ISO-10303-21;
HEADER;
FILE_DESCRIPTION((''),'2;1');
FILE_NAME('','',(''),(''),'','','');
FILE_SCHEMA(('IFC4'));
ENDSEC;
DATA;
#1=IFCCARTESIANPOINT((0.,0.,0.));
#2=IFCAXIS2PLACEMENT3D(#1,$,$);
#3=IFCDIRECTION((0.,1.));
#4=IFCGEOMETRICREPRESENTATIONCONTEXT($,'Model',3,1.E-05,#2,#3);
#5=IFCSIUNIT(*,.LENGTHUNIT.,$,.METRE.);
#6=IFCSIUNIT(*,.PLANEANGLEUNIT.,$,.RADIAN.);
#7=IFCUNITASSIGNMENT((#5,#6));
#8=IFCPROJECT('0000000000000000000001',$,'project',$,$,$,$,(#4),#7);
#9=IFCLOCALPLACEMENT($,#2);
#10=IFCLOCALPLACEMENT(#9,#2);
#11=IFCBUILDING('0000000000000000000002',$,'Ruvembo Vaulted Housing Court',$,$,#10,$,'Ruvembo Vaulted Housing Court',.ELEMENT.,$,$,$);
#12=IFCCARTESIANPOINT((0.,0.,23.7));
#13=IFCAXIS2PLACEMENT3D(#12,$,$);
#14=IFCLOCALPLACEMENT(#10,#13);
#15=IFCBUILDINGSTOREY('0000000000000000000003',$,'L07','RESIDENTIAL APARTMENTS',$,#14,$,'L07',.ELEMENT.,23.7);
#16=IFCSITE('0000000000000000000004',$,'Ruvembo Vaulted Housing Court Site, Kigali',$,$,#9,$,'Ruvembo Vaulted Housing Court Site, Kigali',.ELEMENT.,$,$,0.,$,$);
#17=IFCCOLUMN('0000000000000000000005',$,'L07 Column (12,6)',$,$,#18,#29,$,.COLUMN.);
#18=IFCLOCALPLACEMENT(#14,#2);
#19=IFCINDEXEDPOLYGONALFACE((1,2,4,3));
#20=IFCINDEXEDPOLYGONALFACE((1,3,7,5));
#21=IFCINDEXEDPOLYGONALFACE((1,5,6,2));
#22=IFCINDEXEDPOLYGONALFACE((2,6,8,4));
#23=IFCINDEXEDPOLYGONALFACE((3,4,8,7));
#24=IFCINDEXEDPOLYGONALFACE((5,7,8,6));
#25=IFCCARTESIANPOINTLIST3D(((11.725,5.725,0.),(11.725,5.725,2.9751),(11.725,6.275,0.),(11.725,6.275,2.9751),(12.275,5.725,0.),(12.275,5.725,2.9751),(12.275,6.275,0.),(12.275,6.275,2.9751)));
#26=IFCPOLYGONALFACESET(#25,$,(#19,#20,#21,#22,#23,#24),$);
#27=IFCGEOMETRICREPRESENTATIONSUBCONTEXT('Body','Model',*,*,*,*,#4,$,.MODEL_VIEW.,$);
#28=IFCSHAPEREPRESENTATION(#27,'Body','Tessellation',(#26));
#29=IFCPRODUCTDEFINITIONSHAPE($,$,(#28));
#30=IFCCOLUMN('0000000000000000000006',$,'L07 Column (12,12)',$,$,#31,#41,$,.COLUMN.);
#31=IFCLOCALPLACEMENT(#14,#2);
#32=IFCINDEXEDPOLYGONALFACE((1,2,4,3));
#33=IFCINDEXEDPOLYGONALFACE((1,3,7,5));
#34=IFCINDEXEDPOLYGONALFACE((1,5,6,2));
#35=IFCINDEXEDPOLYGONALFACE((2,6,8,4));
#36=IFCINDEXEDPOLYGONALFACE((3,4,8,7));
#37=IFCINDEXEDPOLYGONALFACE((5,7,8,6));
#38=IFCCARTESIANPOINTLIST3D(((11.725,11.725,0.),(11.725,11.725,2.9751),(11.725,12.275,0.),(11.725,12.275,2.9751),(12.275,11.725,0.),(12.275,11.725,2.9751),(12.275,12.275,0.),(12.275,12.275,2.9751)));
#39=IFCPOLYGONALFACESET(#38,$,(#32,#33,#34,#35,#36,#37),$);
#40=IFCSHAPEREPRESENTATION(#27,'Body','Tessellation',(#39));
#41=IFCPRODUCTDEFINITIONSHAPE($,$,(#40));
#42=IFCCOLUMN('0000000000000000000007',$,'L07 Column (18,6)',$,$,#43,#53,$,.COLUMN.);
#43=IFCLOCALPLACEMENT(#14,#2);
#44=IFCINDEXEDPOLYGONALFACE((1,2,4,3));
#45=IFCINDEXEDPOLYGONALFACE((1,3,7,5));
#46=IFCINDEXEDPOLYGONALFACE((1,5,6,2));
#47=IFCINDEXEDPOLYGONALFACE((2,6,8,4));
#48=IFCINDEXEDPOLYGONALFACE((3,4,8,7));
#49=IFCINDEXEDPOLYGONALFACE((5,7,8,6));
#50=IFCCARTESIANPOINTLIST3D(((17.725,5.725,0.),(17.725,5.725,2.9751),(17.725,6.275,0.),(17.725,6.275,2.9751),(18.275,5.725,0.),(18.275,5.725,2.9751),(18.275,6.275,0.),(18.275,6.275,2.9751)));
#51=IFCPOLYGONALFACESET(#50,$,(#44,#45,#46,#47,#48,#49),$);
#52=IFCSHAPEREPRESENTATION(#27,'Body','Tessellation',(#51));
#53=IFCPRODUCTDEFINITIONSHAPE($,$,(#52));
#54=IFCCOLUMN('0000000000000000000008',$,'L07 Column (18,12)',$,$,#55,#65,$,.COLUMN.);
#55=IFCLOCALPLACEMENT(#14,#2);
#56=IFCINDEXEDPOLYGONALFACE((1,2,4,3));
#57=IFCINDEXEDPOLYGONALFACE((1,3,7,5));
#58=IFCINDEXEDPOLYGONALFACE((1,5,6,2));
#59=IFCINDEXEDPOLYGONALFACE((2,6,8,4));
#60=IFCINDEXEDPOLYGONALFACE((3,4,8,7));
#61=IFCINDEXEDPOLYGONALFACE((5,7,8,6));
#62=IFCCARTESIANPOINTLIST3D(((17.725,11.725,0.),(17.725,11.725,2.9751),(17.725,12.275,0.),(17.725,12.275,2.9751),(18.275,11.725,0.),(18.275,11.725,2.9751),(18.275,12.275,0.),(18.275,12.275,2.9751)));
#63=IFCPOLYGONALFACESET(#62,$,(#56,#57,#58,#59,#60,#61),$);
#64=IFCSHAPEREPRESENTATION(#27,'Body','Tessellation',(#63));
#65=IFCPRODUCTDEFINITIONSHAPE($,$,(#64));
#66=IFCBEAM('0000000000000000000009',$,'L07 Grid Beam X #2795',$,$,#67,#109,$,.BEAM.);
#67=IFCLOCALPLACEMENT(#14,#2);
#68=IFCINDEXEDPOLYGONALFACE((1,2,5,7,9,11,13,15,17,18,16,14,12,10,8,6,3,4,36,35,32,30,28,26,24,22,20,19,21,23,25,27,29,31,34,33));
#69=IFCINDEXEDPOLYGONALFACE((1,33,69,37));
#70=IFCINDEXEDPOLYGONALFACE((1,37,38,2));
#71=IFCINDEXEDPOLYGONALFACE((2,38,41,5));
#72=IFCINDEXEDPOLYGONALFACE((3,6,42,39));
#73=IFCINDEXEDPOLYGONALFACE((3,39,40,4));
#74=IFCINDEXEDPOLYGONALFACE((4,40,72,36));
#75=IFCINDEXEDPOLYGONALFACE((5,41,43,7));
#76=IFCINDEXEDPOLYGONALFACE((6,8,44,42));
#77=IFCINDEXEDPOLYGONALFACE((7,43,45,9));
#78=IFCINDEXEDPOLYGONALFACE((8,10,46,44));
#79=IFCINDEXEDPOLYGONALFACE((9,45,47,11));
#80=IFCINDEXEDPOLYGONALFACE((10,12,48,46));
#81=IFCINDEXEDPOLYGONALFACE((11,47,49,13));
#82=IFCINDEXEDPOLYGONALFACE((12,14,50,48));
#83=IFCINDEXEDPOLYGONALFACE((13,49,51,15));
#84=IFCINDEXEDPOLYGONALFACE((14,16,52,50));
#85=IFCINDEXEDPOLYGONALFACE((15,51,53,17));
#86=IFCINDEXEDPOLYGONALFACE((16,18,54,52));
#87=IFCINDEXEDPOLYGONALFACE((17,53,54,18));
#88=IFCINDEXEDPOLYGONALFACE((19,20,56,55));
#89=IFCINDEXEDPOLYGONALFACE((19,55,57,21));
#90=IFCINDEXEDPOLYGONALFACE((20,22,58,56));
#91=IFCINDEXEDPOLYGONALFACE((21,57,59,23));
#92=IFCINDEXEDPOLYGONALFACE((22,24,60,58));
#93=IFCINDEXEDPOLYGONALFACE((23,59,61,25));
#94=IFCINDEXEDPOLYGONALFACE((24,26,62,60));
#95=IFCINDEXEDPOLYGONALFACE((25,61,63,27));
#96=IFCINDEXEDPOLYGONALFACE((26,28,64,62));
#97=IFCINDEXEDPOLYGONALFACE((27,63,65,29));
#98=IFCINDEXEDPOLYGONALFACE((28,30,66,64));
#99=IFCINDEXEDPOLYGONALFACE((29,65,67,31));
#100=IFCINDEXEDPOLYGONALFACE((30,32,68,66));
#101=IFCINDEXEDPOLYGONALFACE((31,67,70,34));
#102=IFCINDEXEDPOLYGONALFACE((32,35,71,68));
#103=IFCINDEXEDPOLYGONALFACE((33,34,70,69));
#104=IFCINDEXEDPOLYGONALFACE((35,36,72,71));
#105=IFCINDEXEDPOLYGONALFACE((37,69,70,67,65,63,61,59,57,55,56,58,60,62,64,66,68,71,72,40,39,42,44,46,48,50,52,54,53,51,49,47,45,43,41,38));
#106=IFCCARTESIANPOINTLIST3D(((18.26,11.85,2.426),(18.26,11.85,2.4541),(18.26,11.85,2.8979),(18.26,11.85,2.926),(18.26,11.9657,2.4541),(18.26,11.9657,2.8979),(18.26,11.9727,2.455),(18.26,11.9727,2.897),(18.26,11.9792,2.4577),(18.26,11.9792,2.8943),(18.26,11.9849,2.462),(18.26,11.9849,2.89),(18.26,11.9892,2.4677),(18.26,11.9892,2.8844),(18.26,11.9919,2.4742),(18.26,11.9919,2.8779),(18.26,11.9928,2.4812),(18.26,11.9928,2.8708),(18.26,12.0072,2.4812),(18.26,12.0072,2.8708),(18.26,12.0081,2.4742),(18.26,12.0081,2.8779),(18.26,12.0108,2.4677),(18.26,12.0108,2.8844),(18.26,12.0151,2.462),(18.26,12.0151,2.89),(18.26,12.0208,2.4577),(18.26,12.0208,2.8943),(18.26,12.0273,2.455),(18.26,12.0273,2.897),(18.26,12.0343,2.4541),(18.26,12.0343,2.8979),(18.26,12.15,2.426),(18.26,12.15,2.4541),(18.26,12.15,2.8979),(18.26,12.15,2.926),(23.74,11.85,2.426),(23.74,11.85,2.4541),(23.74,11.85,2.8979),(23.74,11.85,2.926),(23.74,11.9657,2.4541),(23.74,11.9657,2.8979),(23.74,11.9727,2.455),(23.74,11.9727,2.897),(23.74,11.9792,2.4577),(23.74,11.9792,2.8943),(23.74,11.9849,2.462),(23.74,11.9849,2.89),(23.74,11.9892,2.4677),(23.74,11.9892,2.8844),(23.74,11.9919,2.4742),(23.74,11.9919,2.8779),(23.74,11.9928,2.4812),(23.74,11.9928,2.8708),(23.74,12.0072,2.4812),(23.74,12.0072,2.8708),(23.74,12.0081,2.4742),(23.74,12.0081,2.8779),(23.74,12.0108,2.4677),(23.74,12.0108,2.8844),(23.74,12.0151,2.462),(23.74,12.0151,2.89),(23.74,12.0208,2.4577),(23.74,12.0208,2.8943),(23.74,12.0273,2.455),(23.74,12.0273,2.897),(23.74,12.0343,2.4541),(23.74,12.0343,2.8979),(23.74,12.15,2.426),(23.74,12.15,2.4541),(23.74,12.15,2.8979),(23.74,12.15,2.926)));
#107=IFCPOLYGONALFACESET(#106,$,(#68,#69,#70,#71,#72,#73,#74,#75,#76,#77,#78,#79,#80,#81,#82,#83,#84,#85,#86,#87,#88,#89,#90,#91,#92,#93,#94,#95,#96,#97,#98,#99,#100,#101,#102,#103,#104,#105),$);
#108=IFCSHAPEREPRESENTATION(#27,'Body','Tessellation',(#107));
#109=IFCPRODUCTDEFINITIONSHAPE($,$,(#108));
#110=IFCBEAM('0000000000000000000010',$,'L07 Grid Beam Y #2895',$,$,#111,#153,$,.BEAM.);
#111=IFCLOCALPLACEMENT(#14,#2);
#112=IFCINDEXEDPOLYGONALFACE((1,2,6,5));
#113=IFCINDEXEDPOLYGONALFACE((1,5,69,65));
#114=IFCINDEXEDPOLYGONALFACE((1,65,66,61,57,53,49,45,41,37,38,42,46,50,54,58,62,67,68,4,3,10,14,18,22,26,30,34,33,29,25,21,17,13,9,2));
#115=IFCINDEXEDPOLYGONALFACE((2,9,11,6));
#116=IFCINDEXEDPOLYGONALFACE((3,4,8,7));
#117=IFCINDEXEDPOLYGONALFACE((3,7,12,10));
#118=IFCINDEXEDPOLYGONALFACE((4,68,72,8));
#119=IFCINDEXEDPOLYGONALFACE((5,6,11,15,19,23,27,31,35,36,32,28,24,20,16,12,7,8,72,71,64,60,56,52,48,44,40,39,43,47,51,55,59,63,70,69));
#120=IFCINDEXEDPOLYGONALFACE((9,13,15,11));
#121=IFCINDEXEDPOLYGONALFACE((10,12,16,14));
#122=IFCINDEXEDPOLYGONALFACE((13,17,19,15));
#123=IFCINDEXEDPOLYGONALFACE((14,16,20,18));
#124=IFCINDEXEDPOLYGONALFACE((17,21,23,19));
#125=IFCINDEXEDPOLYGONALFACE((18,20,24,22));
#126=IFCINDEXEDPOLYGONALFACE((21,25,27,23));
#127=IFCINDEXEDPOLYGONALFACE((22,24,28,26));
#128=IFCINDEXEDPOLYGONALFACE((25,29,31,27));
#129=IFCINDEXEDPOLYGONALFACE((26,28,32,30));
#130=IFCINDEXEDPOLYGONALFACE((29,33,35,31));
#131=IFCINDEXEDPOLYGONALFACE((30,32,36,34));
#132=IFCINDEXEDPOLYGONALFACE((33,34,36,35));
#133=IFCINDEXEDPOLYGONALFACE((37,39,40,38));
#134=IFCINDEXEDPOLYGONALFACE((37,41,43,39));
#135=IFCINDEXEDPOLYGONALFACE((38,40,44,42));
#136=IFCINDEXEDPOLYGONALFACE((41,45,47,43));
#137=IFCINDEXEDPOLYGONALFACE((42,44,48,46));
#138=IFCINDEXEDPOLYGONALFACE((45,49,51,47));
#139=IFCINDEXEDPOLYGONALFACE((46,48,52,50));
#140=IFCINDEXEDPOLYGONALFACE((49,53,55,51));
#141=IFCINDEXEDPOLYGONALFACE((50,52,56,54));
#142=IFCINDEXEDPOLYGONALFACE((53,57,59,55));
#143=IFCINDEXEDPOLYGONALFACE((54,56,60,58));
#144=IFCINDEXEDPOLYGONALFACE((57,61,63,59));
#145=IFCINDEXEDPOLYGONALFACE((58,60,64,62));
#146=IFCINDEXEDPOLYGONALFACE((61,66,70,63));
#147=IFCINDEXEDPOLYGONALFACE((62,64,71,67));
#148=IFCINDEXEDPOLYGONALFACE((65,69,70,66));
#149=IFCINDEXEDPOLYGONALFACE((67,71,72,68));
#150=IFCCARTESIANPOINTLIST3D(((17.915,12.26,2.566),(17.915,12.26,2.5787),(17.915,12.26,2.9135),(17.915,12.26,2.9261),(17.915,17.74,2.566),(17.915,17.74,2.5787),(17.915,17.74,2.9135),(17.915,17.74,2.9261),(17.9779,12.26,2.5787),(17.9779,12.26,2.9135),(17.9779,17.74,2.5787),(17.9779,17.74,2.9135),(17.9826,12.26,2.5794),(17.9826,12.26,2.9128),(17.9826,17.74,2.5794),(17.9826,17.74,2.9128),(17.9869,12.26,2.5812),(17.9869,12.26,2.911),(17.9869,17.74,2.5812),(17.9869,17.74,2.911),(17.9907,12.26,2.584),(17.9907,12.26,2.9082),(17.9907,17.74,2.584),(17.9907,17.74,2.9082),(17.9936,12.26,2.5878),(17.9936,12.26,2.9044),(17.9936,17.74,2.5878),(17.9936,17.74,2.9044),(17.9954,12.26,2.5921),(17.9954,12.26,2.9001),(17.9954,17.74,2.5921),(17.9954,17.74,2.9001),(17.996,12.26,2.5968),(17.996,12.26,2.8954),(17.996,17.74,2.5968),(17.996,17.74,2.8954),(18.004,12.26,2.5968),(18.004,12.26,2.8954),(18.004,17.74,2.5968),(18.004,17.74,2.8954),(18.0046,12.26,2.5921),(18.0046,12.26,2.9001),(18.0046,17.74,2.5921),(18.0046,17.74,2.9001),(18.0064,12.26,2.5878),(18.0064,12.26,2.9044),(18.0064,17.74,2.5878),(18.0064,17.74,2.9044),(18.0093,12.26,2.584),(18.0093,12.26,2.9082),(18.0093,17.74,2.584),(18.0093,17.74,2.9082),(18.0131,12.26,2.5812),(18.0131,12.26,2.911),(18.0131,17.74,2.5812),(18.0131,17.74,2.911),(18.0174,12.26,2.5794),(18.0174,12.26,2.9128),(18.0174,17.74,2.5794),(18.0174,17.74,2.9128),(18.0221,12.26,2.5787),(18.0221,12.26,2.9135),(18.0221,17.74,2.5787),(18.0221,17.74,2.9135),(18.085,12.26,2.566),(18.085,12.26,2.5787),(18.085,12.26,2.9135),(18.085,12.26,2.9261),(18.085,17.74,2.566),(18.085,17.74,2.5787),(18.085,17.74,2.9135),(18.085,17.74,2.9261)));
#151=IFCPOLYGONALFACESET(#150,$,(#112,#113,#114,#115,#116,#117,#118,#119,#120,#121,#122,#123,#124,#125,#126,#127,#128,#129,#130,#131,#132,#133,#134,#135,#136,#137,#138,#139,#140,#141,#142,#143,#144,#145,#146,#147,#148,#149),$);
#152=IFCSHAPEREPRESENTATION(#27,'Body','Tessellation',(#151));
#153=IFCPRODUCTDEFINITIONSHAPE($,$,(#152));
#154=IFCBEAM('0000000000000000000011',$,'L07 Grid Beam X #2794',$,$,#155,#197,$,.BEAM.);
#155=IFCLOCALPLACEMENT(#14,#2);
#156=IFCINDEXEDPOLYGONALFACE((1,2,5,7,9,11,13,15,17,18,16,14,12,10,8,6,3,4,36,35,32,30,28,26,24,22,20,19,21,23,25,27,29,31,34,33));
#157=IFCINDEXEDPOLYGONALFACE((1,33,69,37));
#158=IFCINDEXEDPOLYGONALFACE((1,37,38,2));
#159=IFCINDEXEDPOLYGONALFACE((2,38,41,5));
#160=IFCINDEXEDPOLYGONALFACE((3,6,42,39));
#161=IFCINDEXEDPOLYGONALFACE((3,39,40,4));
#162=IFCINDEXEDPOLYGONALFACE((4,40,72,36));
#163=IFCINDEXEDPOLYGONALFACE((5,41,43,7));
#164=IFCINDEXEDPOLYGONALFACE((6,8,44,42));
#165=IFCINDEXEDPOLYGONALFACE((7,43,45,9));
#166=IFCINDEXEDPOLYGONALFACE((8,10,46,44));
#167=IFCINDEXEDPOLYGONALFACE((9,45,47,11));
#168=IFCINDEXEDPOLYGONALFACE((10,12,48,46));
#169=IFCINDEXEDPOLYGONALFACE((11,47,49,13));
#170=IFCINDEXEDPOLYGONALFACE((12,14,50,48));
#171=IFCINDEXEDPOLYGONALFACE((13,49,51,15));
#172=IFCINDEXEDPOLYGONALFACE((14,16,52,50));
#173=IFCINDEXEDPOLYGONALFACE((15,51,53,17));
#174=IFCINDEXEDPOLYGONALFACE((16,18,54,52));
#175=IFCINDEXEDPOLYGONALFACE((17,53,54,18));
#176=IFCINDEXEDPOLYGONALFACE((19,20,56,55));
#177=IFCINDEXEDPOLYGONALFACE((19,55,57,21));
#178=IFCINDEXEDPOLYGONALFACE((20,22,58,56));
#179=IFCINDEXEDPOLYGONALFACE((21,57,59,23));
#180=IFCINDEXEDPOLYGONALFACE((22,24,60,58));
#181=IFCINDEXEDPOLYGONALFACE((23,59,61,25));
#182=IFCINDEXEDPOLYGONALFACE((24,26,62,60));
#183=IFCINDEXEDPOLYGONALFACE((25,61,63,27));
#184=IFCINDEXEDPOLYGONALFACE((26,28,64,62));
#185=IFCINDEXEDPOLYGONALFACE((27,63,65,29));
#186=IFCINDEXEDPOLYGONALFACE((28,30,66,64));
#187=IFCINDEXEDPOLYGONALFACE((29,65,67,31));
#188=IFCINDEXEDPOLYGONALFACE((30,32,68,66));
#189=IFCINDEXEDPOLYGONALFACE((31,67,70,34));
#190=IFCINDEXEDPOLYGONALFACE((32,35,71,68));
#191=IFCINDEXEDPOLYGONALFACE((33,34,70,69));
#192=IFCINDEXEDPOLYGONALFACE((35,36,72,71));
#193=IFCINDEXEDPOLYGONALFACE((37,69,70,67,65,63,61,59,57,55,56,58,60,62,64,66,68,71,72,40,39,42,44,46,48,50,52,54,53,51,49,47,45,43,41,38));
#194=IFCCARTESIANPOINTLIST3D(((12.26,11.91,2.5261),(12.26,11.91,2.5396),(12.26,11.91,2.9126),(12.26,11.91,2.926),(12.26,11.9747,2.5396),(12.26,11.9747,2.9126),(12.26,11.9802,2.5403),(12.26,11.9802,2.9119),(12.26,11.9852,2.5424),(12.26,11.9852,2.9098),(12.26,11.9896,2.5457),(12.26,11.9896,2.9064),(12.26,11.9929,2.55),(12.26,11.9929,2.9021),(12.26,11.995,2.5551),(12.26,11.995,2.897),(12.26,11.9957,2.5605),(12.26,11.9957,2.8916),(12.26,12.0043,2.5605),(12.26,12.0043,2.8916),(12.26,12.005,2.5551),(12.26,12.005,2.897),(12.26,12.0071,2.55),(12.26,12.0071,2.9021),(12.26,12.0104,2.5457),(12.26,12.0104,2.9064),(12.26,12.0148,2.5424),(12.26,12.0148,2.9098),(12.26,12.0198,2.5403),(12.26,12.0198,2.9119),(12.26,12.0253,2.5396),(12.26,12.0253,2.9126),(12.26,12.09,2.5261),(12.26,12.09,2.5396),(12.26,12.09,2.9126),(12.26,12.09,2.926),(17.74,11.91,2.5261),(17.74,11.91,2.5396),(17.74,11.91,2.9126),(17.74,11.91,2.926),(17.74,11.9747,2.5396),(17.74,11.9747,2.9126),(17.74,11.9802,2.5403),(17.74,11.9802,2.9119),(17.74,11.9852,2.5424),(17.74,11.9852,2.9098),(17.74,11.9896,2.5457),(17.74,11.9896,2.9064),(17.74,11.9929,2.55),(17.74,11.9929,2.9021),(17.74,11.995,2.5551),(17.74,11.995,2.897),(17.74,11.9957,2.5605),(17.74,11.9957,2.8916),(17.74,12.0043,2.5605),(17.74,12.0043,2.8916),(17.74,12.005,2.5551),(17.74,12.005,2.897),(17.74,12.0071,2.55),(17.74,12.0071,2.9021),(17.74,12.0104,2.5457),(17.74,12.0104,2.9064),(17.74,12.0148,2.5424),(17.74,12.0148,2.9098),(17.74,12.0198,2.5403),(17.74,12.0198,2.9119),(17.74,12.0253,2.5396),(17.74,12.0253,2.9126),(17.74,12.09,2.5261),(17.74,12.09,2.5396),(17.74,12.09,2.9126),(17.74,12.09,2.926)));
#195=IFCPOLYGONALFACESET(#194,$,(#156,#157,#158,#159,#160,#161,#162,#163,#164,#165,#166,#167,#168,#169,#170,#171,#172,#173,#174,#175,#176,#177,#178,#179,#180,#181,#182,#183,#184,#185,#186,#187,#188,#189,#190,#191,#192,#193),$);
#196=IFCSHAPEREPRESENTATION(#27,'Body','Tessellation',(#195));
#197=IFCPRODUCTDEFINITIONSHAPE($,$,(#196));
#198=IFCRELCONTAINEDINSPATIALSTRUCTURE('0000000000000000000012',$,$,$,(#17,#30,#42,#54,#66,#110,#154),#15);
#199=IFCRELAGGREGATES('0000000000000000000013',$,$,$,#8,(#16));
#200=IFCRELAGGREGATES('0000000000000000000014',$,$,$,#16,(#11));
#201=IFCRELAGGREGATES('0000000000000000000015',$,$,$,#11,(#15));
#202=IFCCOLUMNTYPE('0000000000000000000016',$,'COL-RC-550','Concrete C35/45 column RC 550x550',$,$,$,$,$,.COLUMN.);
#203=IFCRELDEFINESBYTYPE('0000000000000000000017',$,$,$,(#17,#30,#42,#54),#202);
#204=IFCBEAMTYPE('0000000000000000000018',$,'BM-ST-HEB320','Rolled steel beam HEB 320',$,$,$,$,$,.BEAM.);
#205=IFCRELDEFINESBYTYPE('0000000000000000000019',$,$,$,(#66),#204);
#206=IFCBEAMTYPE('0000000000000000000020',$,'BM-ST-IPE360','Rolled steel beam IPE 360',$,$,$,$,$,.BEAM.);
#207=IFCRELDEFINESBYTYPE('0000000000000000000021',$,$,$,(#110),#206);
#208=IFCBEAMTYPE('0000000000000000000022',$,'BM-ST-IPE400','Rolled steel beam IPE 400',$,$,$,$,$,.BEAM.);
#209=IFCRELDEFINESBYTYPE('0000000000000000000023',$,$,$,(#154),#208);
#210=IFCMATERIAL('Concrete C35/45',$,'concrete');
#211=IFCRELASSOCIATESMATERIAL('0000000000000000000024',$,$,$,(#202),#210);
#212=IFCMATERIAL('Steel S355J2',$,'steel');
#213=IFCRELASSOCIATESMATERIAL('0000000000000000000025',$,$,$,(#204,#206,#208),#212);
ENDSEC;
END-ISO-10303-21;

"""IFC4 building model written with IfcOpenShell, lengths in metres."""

from ifc_helpers import new_model, si_unit, direction, frame, origin, origin_2d, place, context, subcontext, project, spatial, rectangle, i_section, extrude, material, material_profile, profile_set, type_object, element, save


model = new_model("IFC4")

# Units and contexts
model_context = context("Model", 3, precision=1e-05, world=origin(), true_north=direction((0.0, 1.0)))
body_context = subcontext(model_context, "Body", "Model", "MODEL_VIEW")
ifc_project = project(units=[si_unit("LENGTHUNIT", "METRE"), si_unit("PLANEANGLEUNIT", "RADIAN")], contexts=[model_context])

# Site, building, storey
site_placement = place(None, origin())
site = spatial("IfcSite", under=ifc_project, at=site_placement, Name="Ruvembo Vaulted Housing Court Site, Kigali", LongName="Ruvembo Vaulted Housing Court Site, Kigali", CompositionType="ELEMENT", RefElevation=0.0)
building_placement = place(site_placement, origin())
building = spatial("IfcBuilding", under=site, at=building_placement, Name="Ruvembo Vaulted Housing Court", LongName="Ruvembo Vaulted Housing Court", CompositionType="ELEMENT")
storey_placement = place(building_placement, frame((0.0, 0.0, 23.7)))
storey = spatial("IfcBuildingStorey", under=building, at=storey_placement, Name="L07", Description="RESIDENTIAL APARTMENTS", LongName="L07", CompositionType="ELEMENT", Elevation=23.7)

# Columns
ifc_material_1 = material(Name="Concrete C35/45", Category="concrete")
ifc_material_profile_1 = material_profile(ifc_material_1, rectangle(XDim=0.55, YDim=0.55, at=origin_2d()), Name="RC 550x550")
ifc_profile_set_1 = profile_set([ifc_material_profile_1], Name="Concrete C35/45")
column_type = type_object("IfcColumnType", Name="COL-RC-550", Description="Concrete C35/45 column RC 550x550", PredefinedType="COLUMN", material=ifc_profile_set_1)
for number, where, z_axis, x_axis, name in (
    (1, (12.0, 6.0, 0.0), (0.0, 0.0, 1.0), (1.0, 0.0, 0.0), "L07 Column (12,6)"),
    (2, (12.0, 12.0, 0.0), (0.0, 0.0, 1.0), (1.0, 0.0, 0.0), "L07 Column (12,12)"),
    (3, (18.0, 6.0, 0.0), (0.0, 0.0, 1.0), (1.0, 0.0, 0.0), "L07 Column (18,6)"),
    (4, (18.0, 12.0, 0.0), (0.0, 0.0, 1.0), (1.0, 0.0, 0.0), "L07 Column (18,12)"),
):
    element("IfcColumn", number, at=place(storey_placement, frame(where, z_axis=z_axis, x_axis=x_axis)), inside=storey, type_object=column_type, Name=name, PredefinedType="COLUMN", context=body_context, shape_type="SweptSolid", body=[
        extrude(rectangle(XDim=0.55, YDim=0.55, at=origin_2d()), origin(), (0.0, 0.0, 1.0), 2.9751),
    ])

# Beams
ifc_material_2 = material(Name="Steel S355J2", Category="steel")
ifc_material_profile_2 = material_profile(ifc_material_2, i_section(OverallWidth=0.3, OverallDepth=0.5, WebThickness=0.0144, FlangeThickness=0.0281, FilletRadius=0.0271, at=origin_2d()), Name="HEB 320")
ifc_profile_set_2 = profile_set([ifc_material_profile_2], Name="Steel S355J2")
beam_type_1 = type_object("IfcBeamType", Name="BM-ST-HEB320", Description="Rolled steel beam HEB 320", PredefinedType="BEAM", material=ifc_profile_set_2)
beam_1_placement = place(storey_placement, frame((18.26, 12.0, 2.676), z_axis=(1.0, 0.0, 0.0), x_axis=(0.0, 1.0, 0.0)))
element("IfcBeam", 5, at=beam_1_placement, inside=storey, type_object=beam_type_1, Name="L07 Grid Beam X #2795", PredefinedType="BEAM", context=body_context, shape_type="SweptSolid", body=[
    extrude(i_section(OverallWidth=0.3, OverallDepth=0.5, WebThickness=0.0144, FlangeThickness=0.0281, FilletRadius=0.0271, at=origin_2d()), origin(), (0.0, 0.0, 1.0), 5.48),
])
ifc_material_profile_3 = material_profile(ifc_material_2, i_section(OverallWidth=0.1699, OverallDepth=0.3601, WebThickness=0.0081, FlangeThickness=0.0127, FilletRadius=0.0181, at=origin_2d()), Name="IPE 360")
ifc_profile_set_3 = profile_set([ifc_material_profile_3], Name="Steel S355J2")
beam_type_2 = type_object("IfcBeamType", Name="BM-ST-IPE360", Description="Rolled steel beam IPE 360", PredefinedType="BEAM", material=ifc_profile_set_3)
beam_2_placement = place(storey_placement, frame((18.0, 12.26, 2.7461), z_axis=(0.0, 1.0, 0.0), x_axis=(-1.0, 0.0, 0.0)))
element("IfcBeam", 6, at=beam_2_placement, inside=storey, type_object=beam_type_2, Name="L07 Grid Beam Y #2895", PredefinedType="BEAM", context=body_context, shape_type="SweptSolid", body=[
    extrude(i_section(OverallWidth=0.1699, OverallDepth=0.3601, WebThickness=0.0081, FlangeThickness=0.0127, FilletRadius=0.0181, at=origin_2d()), origin(), (0.0, 0.0, 1.0), 5.48),
])
ifc_material_profile_4 = material_profile(ifc_material_2, i_section(OverallWidth=0.1799, OverallDepth=0.3999, WebThickness=0.0085, FlangeThickness=0.0134, FilletRadius=0.021, at=origin_2d()), Name="IPE 400")
ifc_profile_set_4 = profile_set([ifc_material_profile_4], Name="Steel S355J2")
beam_type_3 = type_object("IfcBeamType", Name="BM-ST-IPE400", Description="Rolled steel beam IPE 400", PredefinedType="BEAM", material=ifc_profile_set_4)
for number, where, z_axis, x_axis, name in (
    (7, (12.26, 12.0, 2.7261), (1.0, 0.0, 0.0), (0.0, 1.0, 0.0), "L07 Grid Beam X #2794"),
):
    element("IfcBeam", number, at=place(storey_placement, frame(where, z_axis=z_axis, x_axis=x_axis)), inside=storey, type_object=beam_type_3, Name=name, PredefinedType="BEAM", context=body_context, shape_type="SweptSolid", body=[
        extrude(i_section(OverallWidth=0.1799, OverallDepth=0.3999, WebThickness=0.0085, FlangeThickness=0.0134, FilletRadius=0.021, at=origin_2d()), origin(), (0.0, 0.0, 1.0), 5.48),
    ])

save(model, "model.ifc")
